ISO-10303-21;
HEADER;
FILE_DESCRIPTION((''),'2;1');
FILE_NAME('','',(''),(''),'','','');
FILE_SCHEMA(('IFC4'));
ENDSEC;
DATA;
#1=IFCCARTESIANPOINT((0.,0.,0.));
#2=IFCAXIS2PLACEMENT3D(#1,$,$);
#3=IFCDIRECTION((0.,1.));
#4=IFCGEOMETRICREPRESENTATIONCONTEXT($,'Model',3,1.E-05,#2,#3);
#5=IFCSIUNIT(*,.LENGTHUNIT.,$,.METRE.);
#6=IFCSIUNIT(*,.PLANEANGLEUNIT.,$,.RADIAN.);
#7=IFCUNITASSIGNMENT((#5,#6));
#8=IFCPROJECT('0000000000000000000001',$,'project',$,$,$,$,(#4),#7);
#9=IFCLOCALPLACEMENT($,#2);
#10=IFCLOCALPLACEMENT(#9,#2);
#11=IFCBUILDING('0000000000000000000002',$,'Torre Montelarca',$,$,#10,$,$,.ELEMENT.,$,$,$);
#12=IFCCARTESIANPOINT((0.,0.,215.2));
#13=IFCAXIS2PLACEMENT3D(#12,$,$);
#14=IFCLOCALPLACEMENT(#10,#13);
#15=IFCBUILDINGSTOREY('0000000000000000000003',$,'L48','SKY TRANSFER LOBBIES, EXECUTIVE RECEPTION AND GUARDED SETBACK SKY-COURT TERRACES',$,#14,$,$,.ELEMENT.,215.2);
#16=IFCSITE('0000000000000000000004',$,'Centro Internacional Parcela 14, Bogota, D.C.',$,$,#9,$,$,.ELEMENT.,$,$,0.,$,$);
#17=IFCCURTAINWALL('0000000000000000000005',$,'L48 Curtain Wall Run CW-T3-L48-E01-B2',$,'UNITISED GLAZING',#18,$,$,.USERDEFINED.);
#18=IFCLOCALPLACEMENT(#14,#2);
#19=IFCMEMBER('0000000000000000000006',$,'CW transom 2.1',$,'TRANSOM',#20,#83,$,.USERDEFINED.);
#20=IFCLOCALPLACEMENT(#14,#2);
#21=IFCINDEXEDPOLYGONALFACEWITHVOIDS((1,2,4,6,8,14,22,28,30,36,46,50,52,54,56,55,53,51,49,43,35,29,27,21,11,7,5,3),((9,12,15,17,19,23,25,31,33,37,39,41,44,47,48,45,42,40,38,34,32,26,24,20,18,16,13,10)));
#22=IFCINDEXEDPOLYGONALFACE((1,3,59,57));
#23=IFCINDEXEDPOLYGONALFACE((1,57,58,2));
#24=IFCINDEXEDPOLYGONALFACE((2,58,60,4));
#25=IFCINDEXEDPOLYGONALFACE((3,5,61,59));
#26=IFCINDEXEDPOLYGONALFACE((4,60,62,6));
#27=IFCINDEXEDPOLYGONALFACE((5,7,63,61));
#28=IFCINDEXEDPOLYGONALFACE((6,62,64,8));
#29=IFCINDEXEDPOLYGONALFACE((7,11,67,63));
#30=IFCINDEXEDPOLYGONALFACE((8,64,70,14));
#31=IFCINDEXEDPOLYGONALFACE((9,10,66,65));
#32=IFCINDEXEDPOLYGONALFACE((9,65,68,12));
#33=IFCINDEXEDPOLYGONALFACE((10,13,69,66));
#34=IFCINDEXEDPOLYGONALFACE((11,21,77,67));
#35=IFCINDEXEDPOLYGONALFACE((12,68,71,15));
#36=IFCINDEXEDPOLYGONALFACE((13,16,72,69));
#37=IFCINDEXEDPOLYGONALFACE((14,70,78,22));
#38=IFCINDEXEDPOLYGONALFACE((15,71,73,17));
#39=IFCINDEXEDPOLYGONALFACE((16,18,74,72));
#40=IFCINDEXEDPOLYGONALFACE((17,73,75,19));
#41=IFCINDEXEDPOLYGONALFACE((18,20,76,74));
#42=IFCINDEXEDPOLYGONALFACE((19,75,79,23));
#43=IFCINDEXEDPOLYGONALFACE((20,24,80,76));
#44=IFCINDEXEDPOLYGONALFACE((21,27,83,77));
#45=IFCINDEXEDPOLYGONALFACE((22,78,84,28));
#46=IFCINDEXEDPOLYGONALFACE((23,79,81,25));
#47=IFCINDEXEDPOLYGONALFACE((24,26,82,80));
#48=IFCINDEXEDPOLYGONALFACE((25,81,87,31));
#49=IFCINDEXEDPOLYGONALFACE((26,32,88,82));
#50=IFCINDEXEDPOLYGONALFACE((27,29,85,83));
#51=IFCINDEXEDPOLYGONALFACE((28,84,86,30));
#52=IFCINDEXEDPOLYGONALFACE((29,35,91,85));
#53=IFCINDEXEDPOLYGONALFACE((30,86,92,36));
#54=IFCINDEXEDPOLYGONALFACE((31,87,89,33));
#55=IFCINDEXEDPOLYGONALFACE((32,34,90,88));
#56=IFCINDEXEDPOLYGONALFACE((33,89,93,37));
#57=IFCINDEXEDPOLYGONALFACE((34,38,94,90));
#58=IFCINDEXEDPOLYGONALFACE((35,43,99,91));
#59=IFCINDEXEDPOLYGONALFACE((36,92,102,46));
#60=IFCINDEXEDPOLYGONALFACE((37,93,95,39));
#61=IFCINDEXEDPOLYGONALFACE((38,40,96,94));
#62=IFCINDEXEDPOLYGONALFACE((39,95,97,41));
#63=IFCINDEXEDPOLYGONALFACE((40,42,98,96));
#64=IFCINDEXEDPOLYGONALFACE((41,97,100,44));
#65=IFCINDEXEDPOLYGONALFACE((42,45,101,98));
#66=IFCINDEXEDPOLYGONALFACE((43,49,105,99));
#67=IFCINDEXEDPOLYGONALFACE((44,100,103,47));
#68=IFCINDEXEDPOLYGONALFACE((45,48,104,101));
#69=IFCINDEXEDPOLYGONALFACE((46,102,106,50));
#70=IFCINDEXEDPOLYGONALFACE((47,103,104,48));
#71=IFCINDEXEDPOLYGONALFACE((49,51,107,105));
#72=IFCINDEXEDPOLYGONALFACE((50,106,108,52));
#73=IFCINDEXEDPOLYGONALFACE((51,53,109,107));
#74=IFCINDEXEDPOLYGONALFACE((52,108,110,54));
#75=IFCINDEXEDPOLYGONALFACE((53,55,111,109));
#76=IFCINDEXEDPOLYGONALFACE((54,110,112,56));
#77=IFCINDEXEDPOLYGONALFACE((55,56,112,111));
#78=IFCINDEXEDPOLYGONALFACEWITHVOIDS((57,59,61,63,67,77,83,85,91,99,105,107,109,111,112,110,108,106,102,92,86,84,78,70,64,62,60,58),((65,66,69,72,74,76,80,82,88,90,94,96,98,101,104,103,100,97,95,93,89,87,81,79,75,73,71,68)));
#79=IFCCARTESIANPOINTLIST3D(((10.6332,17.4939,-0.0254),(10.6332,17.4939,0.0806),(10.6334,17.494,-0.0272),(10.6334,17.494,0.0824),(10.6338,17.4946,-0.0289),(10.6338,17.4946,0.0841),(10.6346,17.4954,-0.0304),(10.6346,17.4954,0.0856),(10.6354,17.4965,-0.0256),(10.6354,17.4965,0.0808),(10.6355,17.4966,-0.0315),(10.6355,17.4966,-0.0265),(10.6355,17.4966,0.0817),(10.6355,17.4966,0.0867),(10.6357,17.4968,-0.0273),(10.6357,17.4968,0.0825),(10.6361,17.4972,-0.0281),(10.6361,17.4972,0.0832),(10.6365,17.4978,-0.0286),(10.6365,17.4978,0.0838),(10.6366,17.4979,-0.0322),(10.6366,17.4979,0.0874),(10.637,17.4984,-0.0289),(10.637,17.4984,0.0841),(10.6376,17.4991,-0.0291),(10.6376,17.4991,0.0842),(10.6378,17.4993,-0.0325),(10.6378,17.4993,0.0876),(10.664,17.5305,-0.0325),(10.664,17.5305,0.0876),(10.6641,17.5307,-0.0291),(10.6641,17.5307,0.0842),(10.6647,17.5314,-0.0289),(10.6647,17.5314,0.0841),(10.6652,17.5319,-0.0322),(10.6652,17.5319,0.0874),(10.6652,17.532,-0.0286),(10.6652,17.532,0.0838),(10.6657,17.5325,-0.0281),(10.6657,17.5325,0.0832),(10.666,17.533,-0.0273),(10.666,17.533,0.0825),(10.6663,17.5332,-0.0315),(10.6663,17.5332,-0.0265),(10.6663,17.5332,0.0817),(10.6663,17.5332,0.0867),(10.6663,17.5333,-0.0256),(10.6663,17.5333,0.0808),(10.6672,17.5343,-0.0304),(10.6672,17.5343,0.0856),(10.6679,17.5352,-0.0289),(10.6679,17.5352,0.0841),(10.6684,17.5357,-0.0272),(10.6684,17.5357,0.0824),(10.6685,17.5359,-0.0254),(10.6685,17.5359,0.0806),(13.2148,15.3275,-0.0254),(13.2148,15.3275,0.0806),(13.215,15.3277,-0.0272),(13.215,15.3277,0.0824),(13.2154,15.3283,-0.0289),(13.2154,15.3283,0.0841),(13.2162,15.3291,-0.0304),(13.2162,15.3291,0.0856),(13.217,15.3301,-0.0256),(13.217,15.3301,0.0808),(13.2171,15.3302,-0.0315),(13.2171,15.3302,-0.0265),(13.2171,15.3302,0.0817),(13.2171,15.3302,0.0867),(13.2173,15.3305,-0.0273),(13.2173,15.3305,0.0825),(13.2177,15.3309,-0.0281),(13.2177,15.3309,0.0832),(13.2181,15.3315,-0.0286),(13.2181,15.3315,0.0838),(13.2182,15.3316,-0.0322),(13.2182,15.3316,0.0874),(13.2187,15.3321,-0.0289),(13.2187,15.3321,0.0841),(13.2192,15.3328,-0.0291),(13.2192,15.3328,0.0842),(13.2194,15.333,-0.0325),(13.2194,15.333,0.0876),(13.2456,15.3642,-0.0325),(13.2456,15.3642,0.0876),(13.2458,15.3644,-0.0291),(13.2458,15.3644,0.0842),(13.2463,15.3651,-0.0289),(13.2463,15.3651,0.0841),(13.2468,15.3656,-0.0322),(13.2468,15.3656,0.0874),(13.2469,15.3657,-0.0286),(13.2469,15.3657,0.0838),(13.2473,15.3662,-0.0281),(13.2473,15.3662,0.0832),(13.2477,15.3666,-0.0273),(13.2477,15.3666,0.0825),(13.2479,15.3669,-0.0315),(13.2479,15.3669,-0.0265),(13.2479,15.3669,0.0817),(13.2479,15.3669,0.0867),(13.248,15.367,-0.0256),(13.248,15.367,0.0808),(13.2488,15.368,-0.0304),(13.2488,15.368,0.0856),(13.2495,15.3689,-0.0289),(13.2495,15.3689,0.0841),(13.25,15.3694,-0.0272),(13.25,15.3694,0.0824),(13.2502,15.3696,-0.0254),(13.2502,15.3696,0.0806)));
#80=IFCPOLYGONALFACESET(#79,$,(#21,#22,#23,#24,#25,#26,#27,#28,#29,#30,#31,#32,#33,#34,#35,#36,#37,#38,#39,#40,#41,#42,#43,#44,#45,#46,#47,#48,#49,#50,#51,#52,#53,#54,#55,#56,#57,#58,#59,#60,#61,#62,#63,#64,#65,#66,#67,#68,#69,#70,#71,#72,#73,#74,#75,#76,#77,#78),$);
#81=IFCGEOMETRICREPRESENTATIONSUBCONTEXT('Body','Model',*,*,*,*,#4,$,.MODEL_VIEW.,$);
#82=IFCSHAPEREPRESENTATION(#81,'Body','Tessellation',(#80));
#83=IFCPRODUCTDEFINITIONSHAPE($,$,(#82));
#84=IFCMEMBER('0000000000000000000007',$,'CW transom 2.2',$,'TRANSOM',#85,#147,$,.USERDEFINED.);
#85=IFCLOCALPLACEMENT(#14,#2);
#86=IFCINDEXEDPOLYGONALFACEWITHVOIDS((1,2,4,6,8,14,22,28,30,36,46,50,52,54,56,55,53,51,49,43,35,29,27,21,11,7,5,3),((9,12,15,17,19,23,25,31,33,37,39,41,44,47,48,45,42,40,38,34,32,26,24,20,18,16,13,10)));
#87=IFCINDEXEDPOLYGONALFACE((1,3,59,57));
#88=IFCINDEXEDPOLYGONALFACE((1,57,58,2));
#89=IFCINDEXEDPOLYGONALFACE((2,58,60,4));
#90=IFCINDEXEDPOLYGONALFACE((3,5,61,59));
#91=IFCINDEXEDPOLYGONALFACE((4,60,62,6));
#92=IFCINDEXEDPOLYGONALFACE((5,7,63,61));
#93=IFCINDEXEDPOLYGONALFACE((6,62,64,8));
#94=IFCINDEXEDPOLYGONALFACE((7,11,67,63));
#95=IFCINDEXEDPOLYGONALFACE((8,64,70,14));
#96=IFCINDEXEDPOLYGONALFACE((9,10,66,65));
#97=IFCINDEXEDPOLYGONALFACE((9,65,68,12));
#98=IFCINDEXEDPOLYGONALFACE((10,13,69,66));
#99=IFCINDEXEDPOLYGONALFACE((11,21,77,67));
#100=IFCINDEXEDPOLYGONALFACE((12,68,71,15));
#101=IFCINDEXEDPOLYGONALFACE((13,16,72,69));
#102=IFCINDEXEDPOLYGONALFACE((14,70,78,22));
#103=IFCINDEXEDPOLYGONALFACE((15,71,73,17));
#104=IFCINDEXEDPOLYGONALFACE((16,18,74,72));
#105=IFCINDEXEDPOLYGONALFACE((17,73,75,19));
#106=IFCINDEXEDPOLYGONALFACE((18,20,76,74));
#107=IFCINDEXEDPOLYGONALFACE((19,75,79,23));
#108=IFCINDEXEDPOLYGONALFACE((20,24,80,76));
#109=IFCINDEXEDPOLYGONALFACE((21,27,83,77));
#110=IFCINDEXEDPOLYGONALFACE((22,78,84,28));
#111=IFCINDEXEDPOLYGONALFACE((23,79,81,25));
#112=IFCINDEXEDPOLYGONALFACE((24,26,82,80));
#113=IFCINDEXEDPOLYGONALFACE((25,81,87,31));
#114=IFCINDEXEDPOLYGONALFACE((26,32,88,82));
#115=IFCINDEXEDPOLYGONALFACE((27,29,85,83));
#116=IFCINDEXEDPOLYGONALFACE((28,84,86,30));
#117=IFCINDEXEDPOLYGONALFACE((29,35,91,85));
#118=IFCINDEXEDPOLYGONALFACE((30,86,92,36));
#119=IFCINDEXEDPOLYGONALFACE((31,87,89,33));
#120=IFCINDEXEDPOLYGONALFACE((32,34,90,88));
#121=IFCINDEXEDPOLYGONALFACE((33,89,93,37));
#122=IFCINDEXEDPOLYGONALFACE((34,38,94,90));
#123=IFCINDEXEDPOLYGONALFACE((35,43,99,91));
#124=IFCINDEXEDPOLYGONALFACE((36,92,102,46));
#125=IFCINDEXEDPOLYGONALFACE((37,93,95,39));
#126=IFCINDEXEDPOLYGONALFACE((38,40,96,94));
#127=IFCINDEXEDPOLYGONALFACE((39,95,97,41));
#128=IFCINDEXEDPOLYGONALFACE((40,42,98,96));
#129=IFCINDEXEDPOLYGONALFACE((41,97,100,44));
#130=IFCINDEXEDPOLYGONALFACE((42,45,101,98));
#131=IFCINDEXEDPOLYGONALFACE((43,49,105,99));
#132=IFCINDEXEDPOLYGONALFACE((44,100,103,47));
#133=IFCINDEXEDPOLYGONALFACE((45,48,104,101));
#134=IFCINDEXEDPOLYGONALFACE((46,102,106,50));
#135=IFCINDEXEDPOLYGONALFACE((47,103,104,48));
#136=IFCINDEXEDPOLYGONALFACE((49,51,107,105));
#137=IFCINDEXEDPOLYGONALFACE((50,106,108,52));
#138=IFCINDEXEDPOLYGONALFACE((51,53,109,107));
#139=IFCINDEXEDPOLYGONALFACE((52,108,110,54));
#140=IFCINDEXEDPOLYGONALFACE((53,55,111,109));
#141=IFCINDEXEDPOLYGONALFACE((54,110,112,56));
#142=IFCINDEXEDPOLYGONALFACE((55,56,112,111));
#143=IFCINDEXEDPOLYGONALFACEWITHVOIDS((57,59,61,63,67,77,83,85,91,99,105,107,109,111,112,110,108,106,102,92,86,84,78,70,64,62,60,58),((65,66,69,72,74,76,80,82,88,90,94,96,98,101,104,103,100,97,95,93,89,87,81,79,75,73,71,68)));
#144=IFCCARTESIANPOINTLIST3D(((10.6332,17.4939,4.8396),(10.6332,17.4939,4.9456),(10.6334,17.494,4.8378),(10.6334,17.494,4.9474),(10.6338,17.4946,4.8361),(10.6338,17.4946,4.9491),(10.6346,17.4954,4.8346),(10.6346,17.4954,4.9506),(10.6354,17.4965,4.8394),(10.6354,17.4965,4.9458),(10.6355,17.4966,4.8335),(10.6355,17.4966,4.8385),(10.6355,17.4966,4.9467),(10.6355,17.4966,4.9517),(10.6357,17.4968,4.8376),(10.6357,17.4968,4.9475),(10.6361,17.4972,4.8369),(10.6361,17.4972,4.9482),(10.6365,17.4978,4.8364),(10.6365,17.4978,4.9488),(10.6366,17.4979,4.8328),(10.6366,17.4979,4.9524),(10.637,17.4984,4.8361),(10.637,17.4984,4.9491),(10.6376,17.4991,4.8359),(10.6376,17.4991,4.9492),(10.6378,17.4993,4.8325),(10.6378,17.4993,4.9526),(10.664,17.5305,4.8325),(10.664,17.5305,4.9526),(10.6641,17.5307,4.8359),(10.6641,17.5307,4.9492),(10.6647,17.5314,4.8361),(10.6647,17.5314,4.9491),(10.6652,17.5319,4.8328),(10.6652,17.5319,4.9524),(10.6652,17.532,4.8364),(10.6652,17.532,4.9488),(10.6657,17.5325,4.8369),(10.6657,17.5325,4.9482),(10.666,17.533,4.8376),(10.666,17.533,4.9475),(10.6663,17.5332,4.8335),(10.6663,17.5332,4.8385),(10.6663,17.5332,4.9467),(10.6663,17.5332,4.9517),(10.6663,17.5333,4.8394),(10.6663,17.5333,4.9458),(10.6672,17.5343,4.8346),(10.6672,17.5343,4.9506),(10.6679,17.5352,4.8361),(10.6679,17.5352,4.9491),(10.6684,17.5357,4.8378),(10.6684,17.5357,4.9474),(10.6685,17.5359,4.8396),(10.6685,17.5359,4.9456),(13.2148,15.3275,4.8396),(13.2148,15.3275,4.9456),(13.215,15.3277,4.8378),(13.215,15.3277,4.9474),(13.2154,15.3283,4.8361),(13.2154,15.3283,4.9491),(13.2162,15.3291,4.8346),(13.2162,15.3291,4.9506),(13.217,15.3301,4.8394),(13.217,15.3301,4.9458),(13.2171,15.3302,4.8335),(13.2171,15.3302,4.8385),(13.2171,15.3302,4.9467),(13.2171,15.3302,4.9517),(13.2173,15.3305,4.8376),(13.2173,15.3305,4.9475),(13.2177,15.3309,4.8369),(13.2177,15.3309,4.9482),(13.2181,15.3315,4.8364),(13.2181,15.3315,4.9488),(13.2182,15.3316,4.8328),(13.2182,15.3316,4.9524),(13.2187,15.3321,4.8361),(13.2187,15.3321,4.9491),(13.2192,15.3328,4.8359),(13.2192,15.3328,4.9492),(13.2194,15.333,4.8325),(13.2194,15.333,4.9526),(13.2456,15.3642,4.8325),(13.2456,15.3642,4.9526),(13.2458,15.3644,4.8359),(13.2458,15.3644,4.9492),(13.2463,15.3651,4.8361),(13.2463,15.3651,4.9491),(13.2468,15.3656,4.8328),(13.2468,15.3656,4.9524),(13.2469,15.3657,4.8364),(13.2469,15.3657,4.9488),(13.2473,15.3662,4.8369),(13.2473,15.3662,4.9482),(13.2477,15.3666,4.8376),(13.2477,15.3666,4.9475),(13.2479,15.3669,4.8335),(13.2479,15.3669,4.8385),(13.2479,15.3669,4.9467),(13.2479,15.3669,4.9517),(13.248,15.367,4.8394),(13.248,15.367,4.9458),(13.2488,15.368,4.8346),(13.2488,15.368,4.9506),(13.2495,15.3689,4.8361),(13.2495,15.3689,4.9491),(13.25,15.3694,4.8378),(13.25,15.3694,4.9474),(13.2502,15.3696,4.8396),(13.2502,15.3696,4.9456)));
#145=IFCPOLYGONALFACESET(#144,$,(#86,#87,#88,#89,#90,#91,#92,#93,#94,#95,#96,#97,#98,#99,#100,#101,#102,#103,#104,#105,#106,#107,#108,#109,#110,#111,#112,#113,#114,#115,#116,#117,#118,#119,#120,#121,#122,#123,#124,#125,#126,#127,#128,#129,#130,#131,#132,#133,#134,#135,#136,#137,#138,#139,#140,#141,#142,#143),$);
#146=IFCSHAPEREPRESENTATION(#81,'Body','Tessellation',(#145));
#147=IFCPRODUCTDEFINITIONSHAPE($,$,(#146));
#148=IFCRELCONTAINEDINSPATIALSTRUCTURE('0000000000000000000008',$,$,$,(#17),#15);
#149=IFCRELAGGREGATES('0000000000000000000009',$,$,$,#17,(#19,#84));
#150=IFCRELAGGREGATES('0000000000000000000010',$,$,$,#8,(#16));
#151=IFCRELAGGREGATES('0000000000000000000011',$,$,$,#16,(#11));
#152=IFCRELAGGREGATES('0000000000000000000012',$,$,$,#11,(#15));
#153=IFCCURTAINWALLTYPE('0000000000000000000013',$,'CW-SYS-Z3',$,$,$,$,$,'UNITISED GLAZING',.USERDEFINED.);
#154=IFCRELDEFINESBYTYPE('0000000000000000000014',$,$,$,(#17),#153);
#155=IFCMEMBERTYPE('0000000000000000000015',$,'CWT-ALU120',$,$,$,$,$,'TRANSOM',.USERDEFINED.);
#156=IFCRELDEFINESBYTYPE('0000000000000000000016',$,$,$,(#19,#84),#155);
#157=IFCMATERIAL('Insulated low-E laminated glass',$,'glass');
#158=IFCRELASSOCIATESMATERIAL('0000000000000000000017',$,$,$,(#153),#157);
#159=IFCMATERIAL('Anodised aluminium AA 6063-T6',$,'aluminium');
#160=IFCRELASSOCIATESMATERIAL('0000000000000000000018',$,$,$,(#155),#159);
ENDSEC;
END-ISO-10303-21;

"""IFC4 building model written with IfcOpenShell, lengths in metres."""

from ifc_helpers import new_model, si_unit, direction, frame, origin, origin_2d, place, context, subcontext, project, spatial, hollow_rectangle, extrude, source, transform, mapped, material, material_profile, profile_set, type_object, element, aggregate, save


model = new_model("IFC4")

# Units and contexts
model_context = context("Model", 3, precision=1e-05, world=origin(), true_north=direction((0.0, 1.0)))
body_context = subcontext(model_context, "Body", "Model", "MODEL_VIEW")
ifc_project = project(units=[si_unit("LENGTHUNIT", "METRE"), si_unit("PLANEANGLEUNIT", "RADIAN")], contexts=[model_context])

# Site, building, storey
site_placement = place(None, origin())
site = spatial("IfcSite", under=ifc_project, at=site_placement, Name="Centro Internacional Parcela 14, Bogota, D.C.", CompositionType="ELEMENT", RefElevation=0.0)
building_placement = place(site_placement, origin())
building = spatial("IfcBuilding", under=site, at=building_placement, Name="Torre Montelarca", CompositionType="ELEMENT")
storey_placement = place(building_placement, frame((0.0, 0.0, 215.2)))
storey = spatial("IfcBuildingStorey", under=building, at=storey_placement, Name="L48", Description="SKY TRANSFER LOBBIES, EXECUTIVE RECEPTION AND GUARDED SETBACK SKY-COURT TERRACES", CompositionType="ELEMENT", Elevation=215.2)

# Curtain wall
ifc_material_1 = material(Name="Insulated low-E laminated glass", Category="glass")
curtain_wall_type = type_object("IfcCurtainWallType", Name="CW-SYS-Z3", ElementType="UNITISED GLAZING", PredefinedType="USERDEFINED", material=ifc_material_1)
curtain_wall_1_placement = place(storey_placement, origin())
curtain_wall_1 = element("IfcCurtainWall", 1, at=curtain_wall_1_placement, inside=storey, type_object=curtain_wall_type, Name="L48 Curtain Wall Run CW-T3-L48-E01-B2", ObjectType="UNITISED GLAZING", PredefinedType="USERDEFINED")
ifc_material_2 = material(Name="Anodised aluminium AA 6063-T6", Category="aluminium")

# Members
ifc_material_profile_1 = material_profile(ifc_material_2, hollow_rectangle(XDim=0.0549, YDim=0.1201, WallThickness=0.0034, InnerFilletRadius=0.0034, OuterFilletRadius=0.0071, at=origin_2d()), Name="ALU55X120X3.5", Category="aluminium")
ifc_profile_set_1 = profile_set([ifc_material_profile_1], Name="Anodised aluminium AA 6063-T6")
member_type_1 = type_object("IfcMemberType", Name="CWT-ALU120", ElementType="TRANSOM", PredefinedType="USERDEFINED", material=ifc_profile_set_1)
shared_shape_1 = source(origin(), body_context, "Body", "SweptSolid", [
    extrude(hollow_rectangle(XDim=0.0549, YDim=0.1201, WallThickness=0.0034, InnerFilletRadius=0.0034, OuterFilletRadius=0.0071, at=origin_2d()), origin(), (0.0, 0.0, 1.0), 3.3701),
])
member_1_placement = place(storey_placement, frame((10.6509, 17.5149, 0.0276), z_axis=(0.766032, -0.642803, 0.0), x_axis=(0.642803, 0.766032, 0.0)))
member_1 = element("IfcMember", 2, at=member_1_placement, type_object=member_type_1, Name="CW transom 2.1", ObjectType="TRANSOM", PredefinedType="USERDEFINED", context=body_context, shape_type="MappedRepresentation", body=[
    mapped(shared_shape_1, transform((0.0, 0.0, 0.0), scale=1.0)),
])
member_2_placement = place(storey_placement, frame((10.6509, 17.5149, 4.8926), z_axis=(0.766032, -0.642803, 0.0), x_axis=(0.642803, 0.766032, 0.0)))
member_2 = element("IfcMember", 3, at=member_2_placement, type_object=member_type_1, Name="CW transom 2.2", ObjectType="TRANSOM", PredefinedType="USERDEFINED", context=body_context, shape_type="MappedRepresentation", body=[
    mapped(shared_shape_1, transform((0.0, 0.0, 0.0), scale=1.0)),
])

aggregate(curtain_wall_1, [member_1, member_2])

save(model, "model.ifc")
